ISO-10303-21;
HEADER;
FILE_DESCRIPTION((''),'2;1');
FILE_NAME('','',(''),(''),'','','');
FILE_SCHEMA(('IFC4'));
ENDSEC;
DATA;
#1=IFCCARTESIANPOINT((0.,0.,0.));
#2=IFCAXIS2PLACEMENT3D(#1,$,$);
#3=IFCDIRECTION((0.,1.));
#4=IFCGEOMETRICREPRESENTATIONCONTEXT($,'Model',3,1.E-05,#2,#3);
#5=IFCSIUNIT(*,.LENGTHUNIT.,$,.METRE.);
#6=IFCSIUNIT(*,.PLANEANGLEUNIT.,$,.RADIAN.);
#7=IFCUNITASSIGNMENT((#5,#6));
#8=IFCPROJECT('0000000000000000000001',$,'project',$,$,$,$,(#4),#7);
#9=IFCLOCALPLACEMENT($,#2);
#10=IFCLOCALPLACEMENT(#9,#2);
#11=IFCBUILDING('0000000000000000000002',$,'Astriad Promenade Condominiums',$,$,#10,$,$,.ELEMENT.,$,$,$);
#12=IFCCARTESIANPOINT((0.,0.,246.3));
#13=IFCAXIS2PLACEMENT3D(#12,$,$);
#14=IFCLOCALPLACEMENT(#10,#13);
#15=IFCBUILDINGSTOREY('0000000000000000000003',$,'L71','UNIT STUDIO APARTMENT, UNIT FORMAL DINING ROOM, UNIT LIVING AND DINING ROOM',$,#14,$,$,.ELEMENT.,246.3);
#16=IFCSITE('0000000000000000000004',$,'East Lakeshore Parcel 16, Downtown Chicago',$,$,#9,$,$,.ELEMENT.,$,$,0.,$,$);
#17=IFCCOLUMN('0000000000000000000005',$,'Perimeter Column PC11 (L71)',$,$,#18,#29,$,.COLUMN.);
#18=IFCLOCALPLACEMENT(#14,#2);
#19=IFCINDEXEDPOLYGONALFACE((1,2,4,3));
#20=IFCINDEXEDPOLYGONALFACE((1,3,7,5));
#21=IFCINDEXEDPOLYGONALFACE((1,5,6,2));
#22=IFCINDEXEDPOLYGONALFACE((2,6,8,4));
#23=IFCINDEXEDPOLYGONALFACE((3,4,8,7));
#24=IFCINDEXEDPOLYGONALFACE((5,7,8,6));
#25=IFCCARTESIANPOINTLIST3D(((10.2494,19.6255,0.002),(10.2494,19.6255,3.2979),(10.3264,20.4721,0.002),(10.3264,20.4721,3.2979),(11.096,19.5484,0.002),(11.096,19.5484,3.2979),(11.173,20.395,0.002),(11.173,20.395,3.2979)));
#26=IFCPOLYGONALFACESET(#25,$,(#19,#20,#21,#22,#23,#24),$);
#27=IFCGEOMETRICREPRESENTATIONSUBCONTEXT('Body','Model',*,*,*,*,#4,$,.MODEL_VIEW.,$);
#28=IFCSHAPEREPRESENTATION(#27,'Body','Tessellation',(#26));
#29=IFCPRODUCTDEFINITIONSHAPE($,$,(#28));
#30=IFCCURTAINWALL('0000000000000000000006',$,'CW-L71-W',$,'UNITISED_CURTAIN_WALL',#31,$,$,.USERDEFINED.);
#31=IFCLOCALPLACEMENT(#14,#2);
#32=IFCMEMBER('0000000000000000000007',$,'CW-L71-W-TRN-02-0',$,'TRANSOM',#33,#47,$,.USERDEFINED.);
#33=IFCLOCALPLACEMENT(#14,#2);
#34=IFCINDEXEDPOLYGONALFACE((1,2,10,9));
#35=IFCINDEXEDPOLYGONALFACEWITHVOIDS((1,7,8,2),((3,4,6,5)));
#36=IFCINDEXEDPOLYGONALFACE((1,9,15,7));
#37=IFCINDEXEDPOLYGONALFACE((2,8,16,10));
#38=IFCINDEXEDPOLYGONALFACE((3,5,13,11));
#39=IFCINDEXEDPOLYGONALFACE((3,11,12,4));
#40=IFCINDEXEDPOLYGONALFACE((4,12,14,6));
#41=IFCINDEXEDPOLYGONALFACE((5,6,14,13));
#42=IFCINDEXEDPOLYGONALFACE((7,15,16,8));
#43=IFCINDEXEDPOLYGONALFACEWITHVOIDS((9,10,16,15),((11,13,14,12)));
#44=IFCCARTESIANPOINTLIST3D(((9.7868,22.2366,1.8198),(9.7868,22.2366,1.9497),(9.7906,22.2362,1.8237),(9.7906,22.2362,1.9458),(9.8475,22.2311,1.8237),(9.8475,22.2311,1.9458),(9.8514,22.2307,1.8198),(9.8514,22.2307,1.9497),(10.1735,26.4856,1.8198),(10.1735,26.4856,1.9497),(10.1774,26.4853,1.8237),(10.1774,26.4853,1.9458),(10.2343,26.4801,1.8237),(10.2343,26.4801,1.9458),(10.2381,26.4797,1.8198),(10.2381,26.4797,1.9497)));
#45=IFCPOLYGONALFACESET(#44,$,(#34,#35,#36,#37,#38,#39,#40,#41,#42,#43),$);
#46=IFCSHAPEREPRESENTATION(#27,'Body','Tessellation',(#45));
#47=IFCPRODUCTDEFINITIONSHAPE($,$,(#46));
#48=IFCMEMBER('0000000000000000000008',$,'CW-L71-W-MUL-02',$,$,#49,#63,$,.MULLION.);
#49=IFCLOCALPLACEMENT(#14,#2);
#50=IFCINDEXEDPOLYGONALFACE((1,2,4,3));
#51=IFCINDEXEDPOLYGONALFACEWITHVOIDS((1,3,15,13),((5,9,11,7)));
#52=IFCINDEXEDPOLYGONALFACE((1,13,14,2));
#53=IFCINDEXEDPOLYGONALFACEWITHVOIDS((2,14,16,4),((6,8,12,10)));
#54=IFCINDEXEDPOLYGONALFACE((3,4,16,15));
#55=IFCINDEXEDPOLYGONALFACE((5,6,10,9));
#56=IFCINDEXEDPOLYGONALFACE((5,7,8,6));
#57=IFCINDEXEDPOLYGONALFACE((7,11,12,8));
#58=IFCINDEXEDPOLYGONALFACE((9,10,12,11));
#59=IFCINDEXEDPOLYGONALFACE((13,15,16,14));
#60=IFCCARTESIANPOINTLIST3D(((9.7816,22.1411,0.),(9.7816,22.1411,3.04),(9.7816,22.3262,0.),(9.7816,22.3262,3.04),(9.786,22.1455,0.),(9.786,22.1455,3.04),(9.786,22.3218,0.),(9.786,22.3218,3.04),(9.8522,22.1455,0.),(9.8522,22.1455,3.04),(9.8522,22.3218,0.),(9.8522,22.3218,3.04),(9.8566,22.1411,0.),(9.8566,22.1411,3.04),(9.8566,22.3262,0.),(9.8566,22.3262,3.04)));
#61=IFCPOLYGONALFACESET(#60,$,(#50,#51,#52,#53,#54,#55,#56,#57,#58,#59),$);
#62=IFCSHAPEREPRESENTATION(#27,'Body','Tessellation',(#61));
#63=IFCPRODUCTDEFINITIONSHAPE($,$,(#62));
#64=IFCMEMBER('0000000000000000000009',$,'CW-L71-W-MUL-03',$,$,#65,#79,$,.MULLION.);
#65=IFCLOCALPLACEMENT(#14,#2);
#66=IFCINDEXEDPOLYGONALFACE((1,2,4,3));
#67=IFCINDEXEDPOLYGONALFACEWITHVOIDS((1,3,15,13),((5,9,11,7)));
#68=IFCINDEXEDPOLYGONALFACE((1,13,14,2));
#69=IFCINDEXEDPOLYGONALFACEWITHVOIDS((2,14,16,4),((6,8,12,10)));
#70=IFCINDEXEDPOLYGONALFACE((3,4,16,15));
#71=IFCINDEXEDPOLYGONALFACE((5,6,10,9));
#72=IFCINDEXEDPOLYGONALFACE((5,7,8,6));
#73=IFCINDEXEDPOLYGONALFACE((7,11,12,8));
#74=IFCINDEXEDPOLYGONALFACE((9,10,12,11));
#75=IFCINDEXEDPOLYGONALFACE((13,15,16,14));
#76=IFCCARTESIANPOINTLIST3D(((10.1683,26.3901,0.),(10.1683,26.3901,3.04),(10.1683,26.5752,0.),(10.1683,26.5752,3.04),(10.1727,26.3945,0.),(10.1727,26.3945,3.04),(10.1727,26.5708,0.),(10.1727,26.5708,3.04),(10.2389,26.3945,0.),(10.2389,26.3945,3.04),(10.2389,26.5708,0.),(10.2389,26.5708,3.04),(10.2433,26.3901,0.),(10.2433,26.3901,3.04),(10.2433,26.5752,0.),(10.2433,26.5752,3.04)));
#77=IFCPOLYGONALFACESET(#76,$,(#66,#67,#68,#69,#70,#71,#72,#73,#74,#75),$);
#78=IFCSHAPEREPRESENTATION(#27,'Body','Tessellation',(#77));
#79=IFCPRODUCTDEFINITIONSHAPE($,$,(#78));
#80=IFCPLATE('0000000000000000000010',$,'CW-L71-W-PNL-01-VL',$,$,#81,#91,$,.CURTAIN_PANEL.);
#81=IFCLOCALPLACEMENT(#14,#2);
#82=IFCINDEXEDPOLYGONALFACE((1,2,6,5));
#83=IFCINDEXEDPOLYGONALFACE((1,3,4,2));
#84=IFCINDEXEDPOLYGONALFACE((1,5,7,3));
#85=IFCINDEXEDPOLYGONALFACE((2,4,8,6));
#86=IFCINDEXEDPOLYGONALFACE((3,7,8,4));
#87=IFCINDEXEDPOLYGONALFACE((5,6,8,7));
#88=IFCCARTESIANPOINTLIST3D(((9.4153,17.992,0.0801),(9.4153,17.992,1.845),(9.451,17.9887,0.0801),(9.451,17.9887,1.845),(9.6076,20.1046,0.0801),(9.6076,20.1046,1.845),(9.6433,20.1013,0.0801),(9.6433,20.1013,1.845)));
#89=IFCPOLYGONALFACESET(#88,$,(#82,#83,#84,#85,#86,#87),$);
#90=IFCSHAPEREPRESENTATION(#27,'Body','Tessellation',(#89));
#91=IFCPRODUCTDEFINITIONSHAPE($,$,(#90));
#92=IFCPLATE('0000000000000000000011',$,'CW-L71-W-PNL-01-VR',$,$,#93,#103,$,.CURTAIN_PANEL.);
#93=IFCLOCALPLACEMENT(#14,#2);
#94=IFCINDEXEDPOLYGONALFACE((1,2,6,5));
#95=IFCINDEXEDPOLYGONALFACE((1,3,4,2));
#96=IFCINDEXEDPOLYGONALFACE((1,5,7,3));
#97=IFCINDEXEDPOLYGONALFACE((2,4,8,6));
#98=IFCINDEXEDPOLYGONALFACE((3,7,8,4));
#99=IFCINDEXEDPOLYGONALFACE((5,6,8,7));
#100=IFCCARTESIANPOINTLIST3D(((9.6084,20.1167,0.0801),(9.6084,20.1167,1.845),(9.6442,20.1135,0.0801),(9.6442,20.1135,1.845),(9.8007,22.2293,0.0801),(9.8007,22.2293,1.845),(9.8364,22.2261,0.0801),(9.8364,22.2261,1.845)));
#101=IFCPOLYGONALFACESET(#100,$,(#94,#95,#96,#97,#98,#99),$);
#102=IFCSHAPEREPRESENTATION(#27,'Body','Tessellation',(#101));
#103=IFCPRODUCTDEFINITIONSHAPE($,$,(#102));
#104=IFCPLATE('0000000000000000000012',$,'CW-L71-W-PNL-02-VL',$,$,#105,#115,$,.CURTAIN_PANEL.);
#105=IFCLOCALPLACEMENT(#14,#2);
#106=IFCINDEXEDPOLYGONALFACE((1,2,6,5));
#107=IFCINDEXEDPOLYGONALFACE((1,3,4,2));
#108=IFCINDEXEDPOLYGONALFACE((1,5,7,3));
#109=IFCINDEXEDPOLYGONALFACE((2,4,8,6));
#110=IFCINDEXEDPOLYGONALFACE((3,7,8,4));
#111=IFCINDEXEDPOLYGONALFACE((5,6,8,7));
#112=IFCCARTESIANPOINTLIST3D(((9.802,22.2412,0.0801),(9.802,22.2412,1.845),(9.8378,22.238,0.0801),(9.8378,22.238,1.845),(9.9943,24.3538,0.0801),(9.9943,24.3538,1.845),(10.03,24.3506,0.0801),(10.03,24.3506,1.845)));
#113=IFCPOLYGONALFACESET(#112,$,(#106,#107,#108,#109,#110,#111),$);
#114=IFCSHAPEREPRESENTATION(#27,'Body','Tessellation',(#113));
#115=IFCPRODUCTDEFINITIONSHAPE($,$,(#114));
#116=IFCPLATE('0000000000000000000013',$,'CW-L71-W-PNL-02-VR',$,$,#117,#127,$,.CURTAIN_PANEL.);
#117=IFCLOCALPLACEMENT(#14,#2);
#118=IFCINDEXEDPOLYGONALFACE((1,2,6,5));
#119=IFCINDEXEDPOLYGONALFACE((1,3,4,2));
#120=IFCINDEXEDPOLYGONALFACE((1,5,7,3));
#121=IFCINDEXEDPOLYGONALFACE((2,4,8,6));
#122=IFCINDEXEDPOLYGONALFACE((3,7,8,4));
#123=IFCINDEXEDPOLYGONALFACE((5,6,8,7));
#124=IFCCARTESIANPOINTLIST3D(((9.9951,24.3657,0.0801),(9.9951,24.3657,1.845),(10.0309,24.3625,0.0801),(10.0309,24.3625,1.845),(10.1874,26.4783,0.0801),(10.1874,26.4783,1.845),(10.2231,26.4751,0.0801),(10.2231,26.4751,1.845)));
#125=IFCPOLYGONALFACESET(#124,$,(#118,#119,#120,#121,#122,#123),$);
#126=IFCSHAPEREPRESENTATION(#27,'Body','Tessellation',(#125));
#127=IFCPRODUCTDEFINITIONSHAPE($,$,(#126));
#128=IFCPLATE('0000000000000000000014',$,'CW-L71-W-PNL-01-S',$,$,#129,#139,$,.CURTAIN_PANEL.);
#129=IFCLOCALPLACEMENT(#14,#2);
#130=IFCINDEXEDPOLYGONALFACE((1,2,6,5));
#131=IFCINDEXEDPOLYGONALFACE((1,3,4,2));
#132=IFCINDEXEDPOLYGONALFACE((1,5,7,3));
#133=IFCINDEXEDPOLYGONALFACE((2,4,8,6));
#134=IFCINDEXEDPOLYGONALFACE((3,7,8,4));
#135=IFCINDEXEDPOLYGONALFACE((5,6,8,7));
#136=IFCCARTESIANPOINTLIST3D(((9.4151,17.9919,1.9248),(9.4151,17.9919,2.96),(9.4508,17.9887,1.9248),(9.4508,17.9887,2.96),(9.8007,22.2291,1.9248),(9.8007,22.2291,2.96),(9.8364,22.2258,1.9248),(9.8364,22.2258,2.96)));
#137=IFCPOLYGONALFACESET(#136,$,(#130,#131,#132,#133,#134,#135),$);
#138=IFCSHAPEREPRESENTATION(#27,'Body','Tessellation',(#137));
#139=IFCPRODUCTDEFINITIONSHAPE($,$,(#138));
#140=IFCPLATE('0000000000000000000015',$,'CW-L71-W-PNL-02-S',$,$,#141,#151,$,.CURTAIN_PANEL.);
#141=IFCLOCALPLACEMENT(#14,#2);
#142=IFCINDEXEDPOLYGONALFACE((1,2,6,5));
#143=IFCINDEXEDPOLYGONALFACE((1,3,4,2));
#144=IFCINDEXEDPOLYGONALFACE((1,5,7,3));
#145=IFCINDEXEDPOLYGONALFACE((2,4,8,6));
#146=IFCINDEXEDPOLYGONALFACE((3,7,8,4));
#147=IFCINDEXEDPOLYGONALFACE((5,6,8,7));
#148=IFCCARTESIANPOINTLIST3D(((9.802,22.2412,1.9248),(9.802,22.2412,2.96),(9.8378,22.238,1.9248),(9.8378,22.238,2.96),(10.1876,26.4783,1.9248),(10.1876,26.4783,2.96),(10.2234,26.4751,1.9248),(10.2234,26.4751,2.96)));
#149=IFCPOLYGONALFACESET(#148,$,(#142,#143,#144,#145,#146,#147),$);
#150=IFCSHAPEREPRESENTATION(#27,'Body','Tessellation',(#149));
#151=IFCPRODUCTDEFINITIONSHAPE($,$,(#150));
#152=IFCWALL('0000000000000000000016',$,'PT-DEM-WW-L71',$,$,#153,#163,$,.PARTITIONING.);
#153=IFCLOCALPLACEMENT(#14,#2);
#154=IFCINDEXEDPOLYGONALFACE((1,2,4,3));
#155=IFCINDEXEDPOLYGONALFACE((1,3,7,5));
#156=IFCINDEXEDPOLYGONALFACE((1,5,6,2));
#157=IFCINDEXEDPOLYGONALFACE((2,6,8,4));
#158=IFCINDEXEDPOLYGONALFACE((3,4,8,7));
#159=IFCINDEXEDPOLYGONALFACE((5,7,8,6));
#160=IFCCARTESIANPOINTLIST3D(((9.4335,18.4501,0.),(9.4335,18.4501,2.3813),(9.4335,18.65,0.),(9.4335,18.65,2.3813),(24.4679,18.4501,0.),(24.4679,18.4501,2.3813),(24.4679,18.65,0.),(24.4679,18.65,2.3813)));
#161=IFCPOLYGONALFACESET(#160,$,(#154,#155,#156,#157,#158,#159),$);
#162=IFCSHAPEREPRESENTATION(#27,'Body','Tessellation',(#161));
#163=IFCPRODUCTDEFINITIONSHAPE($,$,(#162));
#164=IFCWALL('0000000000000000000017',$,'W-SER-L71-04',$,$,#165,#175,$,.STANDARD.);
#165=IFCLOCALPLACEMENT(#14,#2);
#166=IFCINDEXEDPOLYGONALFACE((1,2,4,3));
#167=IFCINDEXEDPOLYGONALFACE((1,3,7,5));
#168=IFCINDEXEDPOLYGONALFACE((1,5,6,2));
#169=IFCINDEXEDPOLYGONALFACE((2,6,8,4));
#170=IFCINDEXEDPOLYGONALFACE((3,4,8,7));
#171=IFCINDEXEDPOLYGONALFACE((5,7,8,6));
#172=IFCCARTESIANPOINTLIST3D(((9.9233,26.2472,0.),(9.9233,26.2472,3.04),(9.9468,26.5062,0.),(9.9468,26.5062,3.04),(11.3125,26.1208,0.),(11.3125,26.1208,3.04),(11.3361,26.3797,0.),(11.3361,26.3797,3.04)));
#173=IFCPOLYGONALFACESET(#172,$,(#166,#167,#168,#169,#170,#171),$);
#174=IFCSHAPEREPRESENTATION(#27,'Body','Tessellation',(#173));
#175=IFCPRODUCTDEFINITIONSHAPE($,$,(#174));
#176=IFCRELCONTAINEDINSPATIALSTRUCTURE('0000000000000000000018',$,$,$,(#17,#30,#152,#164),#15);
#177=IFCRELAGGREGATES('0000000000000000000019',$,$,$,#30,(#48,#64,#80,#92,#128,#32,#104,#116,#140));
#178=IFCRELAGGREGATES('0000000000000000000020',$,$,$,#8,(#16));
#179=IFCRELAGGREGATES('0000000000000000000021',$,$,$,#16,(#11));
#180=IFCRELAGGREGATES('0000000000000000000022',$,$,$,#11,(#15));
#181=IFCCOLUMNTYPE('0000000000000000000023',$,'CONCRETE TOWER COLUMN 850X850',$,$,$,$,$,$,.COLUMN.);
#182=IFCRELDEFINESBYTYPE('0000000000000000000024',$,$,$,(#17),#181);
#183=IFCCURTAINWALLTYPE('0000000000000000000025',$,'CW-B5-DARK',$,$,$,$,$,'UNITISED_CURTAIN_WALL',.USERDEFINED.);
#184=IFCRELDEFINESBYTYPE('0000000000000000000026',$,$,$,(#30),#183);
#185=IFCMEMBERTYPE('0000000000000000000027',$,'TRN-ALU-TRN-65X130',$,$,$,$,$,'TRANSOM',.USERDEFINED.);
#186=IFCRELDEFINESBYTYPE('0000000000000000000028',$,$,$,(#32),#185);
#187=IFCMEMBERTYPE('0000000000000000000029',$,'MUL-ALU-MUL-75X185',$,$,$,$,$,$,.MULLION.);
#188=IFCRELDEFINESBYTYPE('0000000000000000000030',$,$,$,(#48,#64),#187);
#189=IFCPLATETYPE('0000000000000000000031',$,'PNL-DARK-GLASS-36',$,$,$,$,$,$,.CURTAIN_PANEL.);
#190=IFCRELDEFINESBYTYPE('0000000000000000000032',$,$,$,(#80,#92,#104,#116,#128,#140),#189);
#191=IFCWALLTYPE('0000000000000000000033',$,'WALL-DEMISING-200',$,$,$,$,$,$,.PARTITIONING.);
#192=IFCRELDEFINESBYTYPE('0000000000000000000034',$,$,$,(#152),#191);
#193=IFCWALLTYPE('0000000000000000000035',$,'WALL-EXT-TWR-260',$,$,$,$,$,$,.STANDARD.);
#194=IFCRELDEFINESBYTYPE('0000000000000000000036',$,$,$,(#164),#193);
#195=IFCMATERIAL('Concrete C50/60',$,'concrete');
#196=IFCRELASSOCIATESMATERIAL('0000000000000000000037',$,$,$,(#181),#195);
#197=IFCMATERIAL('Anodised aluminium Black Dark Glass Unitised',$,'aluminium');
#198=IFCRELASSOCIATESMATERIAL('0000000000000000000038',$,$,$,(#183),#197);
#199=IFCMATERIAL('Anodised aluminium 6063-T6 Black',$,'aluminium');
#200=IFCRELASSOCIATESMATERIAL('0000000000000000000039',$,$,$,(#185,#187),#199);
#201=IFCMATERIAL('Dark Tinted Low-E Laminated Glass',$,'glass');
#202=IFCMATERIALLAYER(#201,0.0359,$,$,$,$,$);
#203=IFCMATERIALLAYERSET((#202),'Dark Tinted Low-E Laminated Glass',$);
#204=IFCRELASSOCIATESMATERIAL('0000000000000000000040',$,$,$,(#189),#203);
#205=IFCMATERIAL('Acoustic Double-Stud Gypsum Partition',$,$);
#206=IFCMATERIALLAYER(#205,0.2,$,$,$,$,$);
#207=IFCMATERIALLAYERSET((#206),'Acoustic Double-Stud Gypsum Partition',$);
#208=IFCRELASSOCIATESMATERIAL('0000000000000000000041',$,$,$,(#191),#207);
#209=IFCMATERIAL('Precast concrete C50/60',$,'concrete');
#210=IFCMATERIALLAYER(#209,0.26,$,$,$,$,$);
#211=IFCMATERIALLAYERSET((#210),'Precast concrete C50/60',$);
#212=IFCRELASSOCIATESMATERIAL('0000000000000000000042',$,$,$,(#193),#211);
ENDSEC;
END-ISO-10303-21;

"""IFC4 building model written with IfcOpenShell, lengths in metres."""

from ifc_helpers import new_model, si_unit, direction, frame, frame_2d, origin, origin_2d, place, context, subcontext, project, spatial, rectangle, hollow_rectangle, extrude, source, transform, mapped, material, layer, layer_set, material_profile, profile_set, type_object, type_shapes, element, aggregate, save


model = new_model("IFC4")

# Units and contexts
model_context = context("Model", 3, precision=1e-05, world=origin(), true_north=direction((0.0, 1.0)))
body_context = subcontext(model_context, "Body", "Model", "MODEL_VIEW")
ifc_project = project(units=[si_unit("LENGTHUNIT", "METRE"), si_unit("PLANEANGLEUNIT", "RADIAN")], contexts=[model_context])

# Site, building, storey
site_placement = place(None, origin())
site = spatial("IfcSite", under=ifc_project, at=site_placement, Name="East Lakeshore Parcel 16, Downtown Chicago", CompositionType="ELEMENT", RefElevation=0.0)
building_placement = place(site_placement, origin())
building = spatial("IfcBuilding", under=site, at=building_placement, Name="Astriad Promenade Condominiums", CompositionType="ELEMENT")
storey_placement = place(building_placement, frame((0.0, 0.0, 246.3)))
storey = spatial("IfcBuildingStorey", under=building, at=storey_placement, Name="L71", Description="UNIT STUDIO APARTMENT, UNIT FORMAL DINING ROOM, UNIT LIVING AND DINING ROOM", CompositionType="ELEMENT", Elevation=246.3)

# Column
ifc_material_1 = material(Name="Concrete C50/60", Category="concrete")
ifc_material_profile_1 = material_profile(ifc_material_1, rectangle(XDim=0.8501, YDim=0.8501, at=origin_2d()), Name="RC-COL-850X850")
ifc_profile_set_1 = profile_set([ifc_material_profile_1], Name="Concrete C50/60")
column_type = type_object("IfcColumnType", Name="CONCRETE TOWER COLUMN 850X850", PredefinedType="COLUMN", material=ifc_profile_set_1)
shared_shape_1 = source(origin(), body_context, "Body", "SweptSolid", [
    extrude(rectangle(XDim=0.8501, YDim=0.8501, at=origin_2d()), origin(), (0.0, 0.0, 1.0), 3.2959),
])
type_shapes(column_type, [shared_shape_1])
column_placement = place(storey_placement, frame((10.7112, 20.0103, 0.002), z_axis=(0.0, 0.0, 1.0), x_axis=(0.995884, -0.090633, 0.0)))
element("IfcColumn", 1, at=column_placement, inside=storey, type_object=column_type, Name="Perimeter Column PC11 (L71)", PredefinedType="COLUMN", context=body_context, shape_type="MappedRepresentation", body=[
    mapped(shared_shape_1, transform((0.0, 0.0, 0.0), scale=1.0)),
])

# Curtain wall, members, plates
ifc_material_2 = material(Name="Anodised aluminium Black Dark Glass Unitised", Category="aluminium")
curtain_wall_type = type_object("IfcCurtainWallType", Name="CW-B5-DARK", ElementType="UNITISED_CURTAIN_WALL", PredefinedType="USERDEFINED", material=ifc_material_2)
curtain_wall_placement = place(storey_placement, origin())
curtain_wall = element("IfcCurtainWall", 2, at=curtain_wall_placement, inside=storey, type_object=curtain_wall_type, Name="CW-L71-W", ObjectType="UNITISED_CURTAIN_WALL", PredefinedType="USERDEFINED")
ifc_material_3 = material(Name="Anodised aluminium 6063-T6 Black", Category="aluminium")
ifc_material_profile_2 = material_profile(ifc_material_3, hollow_rectangle(XDim=0.0649, YDim=0.1299, WallThickness=0.0039, at=origin_2d()), Name="ALU-TRN-65X130")
ifc_profile_set_2 = profile_set([ifc_material_profile_2], Name="Anodised aluminium 6063-T6 Black")
member_type_1 = type_object("IfcMemberType", Name="TRN-ALU-TRN-65X130", ElementType="TRANSOM", PredefinedType="USERDEFINED", material=ifc_profile_set_2)
shared_shape_2 = source(origin(), body_context, "Body", "SweptSolid", [
    extrude(hollow_rectangle(XDim=0.0649, YDim=0.1299, WallThickness=0.0039, at=origin_2d()), origin(), (0.0, 0.0, 1.0), 4.2666),
])
type_shapes(member_type_1, [shared_shape_2])
member_1_placement = place(storey_placement, frame((9.8191, 22.2336, 1.8848), z_axis=(0.090639, 0.995884, 0.0), x_axis=(-0.995884, 0.090639, 0.0)))
member_1 = element("IfcMember", 3, at=member_1_placement, type_object=member_type_1, Name="CW-L71-W-TRN-02-0", ObjectType="TRANSOM", PredefinedType="USERDEFINED", context=body_context, shape_type="MappedRepresentation", body=[
    mapped(shared_shape_2, transform((0.0, 0.0, 0.0), scale=1.0)),
])
ifc_material_profile_3 = material_profile(ifc_material_3, hollow_rectangle(XDim=0.075, YDim=0.1851, WallThickness=0.0044, at=origin_2d()), Name="ALU-MUL-75X185")
ifc_profile_set_3 = profile_set([ifc_material_profile_3], Name="Anodised aluminium 6063-T6 Black")
member_type_2 = type_object("IfcMemberType", Name="MUL-ALU-MUL-75X185", PredefinedType="MULLION", material=ifc_profile_set_3)
shared_shape_3 = source(origin(), body_context, "Body", "SweptSolid", [
    extrude(hollow_rectangle(XDim=0.075, YDim=0.1851, WallThickness=0.0044, at=origin_2d()), origin(), (0.0, 0.0, 1.0), 3.04),
])
type_shapes(member_type_2, [shared_shape_3])
member_2_placement = place(storey_placement, frame((9.8191, 22.2336, 0.0), z_axis=(0.0, 0.0, 1.0), x_axis=(1.0, 0.0, 0.0)))
member_2 = element("IfcMember", 4, at=member_2_placement, type_object=member_type_2, Name="CW-L71-W-MUL-02", PredefinedType="MULLION", context=body_context, shape_type="MappedRepresentation", body=[
    mapped(shared_shape_3, transform((0.0, 0.0, 0.0), scale=1.0)),
])
member_3_placement = place(storey_placement, frame((10.2058, 26.4827, 0.0), z_axis=(0.0, 0.0, 1.0), x_axis=(1.0, 0.0, 0.0)))
member_3 = element("IfcMember", 5, at=member_3_placement, type_object=member_type_2, Name="CW-L71-W-MUL-03", PredefinedType="MULLION", context=body_context, shape_type="MappedRepresentation", body=[
    mapped(shared_shape_3, transform((0.0, 0.0, 0.0), scale=1.0)),
])
ifc_material_4 = material(Name="Dark Tinted Low-E Laminated Glass", Category="glass")
ifc_layer_1 = layer(ifc_material_4, 0.0359)
ifc_layer_set_1 = layer_set([ifc_layer_1], Name="Dark Tinted Low-E Laminated Glass")
plate_type = type_object("IfcPlateType", Name="PNL-DARK-GLASS-36", PredefinedType="CURTAIN_PANEL", material=ifc_layer_set_1)
shared_shape_4 = source(origin(), body_context, "Body", "SweptSolid", [
    extrude(rectangle(XDim=2.1213, YDim=0.0359, at=origin_2d()), origin(), (0.0, 0.0, 1.0), 1.7649),
])
plate_1_placement = place(storey_placement, frame((9.5293, 19.0466, 0.0801), z_axis=(0.0, 0.0, 1.0), x_axis=(0.090633, 0.995884, 0.0)))
plate_1 = element("IfcPlate", 6, at=plate_1_placement, type_object=plate_type, Name="CW-L71-W-PNL-01-VL", PredefinedType="CURTAIN_PANEL", context=body_context, shape_type="MappedRepresentation", body=[
    mapped(shared_shape_4, transform((0.0, 0.0, 0.0), scale=1.0)),
])
plate_2_placement = place(storey_placement, frame((9.7224, 21.1714, 0.0801), z_axis=(0.0, 0.0, 1.0), x_axis=(0.090633, 0.995884, 0.0)))
plate_2 = element("IfcPlate", 7, at=plate_2_placement, type_object=plate_type, Name="CW-L71-W-PNL-01-VR", PredefinedType="CURTAIN_PANEL", context=body_context, shape_type="MappedRepresentation", body=[
    mapped(shared_shape_4, transform((0.0, 0.0, 0.0), scale=1.0)),
])
plate_3_placement = place(storey_placement, frame((9.916, 23.2959, 0.0801), z_axis=(0.0, 0.0, 1.0), x_axis=(0.090633, 0.995884, 0.0)))
plate_3 = element("IfcPlate", 8, at=plate_3_placement, type_object=plate_type, Name="CW-L71-W-PNL-02-VL", PredefinedType="CURTAIN_PANEL", context=body_context, shape_type="MappedRepresentation", body=[
    mapped(shared_shape_4, transform((0.0, 0.0, 0.0), scale=1.0)),
])
plate_4_placement = place(storey_placement, frame((10.1091, 25.4204, 0.0801), z_axis=(0.0, 0.0, 1.0), x_axis=(0.090633, 0.995884, 0.0)))
plate_4 = element("IfcPlate", 9, at=plate_4_placement, type_object=plate_type, Name="CW-L71-W-PNL-02-VR", PredefinedType="CURTAIN_PANEL", context=body_context, shape_type="MappedRepresentation", body=[
    mapped(shared_shape_4, transform((0.0, 0.0, 0.0), scale=1.0)),
])
shared_shape_5 = source(origin(), body_context, "Body", "SweptSolid", [
    extrude(rectangle(XDim=4.2546, YDim=0.0359, at=origin_2d()), origin(), (0.0, 0.0, 1.0), 1.0352),
])
type_shapes(plate_type, [shared_shape_4, shared_shape_5])
plate_5_placement = place(storey_placement, frame((9.6257, 20.1089, 1.9248), z_axis=(0.0, 0.0, 1.0), x_axis=(0.090633, 0.995884, 0.0)))
plate_5 = element("IfcPlate", 10, at=plate_5_placement, type_object=plate_type, Name="CW-L71-W-PNL-01-S", PredefinedType="CURTAIN_PANEL", context=body_context, shape_type="MappedRepresentation", body=[
    mapped(shared_shape_5, transform((0.0, 0.0, 0.0), scale=1.0)),
])
plate_6_placement = place(storey_placement, frame((10.0127, 24.3582, 1.9248), z_axis=(0.0, 0.0, 1.0), x_axis=(0.090633, 0.995884, 0.0)))
plate_6 = element("IfcPlate", 11, at=plate_6_placement, type_object=plate_type, Name="CW-L71-W-PNL-02-S", PredefinedType="CURTAIN_PANEL", context=body_context, shape_type="MappedRepresentation", body=[
    mapped(shared_shape_5, transform((0.0, 0.0, 0.0), scale=1.0)),
])
aggregate(curtain_wall, [member_2, member_3, plate_1, plate_2, plate_5, member_1, plate_3, plate_4, plate_6])

# Walls
ifc_material_5 = material(Name="Acoustic Double-Stud Gypsum Partition")
ifc_layer_2 = layer(ifc_material_5, 0.2)
ifc_layer_set_2 = layer_set([ifc_layer_2], Name="Acoustic Double-Stud Gypsum Partition")
wall_type_1 = type_object("IfcWallType", Name="WALL-DEMISING-200", PredefinedType="PARTITIONING", material=ifc_layer_set_2)
wall_1_placement = place(storey_placement, frame((9.4336, 18.55, 0.0), z_axis=(0.0, 0.0, 1.0), x_axis=(1.0, 0.0, 0.0)))
element("IfcWall", 12, at=wall_1_placement, inside=storey, type_object=wall_type_1, Name="PT-DEM-WW-L71", PredefinedType="PARTITIONING", context=body_context, shape_type="SweptSolid", body=[
    extrude(rectangle(XDim=15.0344, YDim=0.2, at=frame_2d((7.5171, 0.0))), origin(), (0.0, 0.0, 1.0), 2.3813),
])
ifc_material_6 = material(Name="Precast concrete C50/60", Category="concrete")
ifc_layer_3 = layer(ifc_material_6, 0.26)
ifc_layer_set_3 = layer_set([ifc_layer_3], Name="Precast concrete C50/60")
wall_type_2 = type_object("IfcWallType", Name="WALL-EXT-TWR-260", PredefinedType="STANDARD", material=ifc_layer_set_3)
wall_2_placement = place(storey_placement, frame((9.9351, 26.3767, 0.0), z_axis=(0.0, 0.0, 1.0), x_axis=(0.995882, -0.090662, 0.0)))
element("IfcWall", 13, at=wall_2_placement, inside=storey, type_object=wall_type_2, Name="W-SER-L71-04", PredefinedType="STANDARD", context=body_context, shape_type="SweptSolid", body=[
    extrude(rectangle(XDim=1.395, YDim=0.26, at=frame_2d((0.6975, 0.0))), origin(), (0.0, 0.0, 1.0), 3.04),
])

save(model, "model.ifc")
